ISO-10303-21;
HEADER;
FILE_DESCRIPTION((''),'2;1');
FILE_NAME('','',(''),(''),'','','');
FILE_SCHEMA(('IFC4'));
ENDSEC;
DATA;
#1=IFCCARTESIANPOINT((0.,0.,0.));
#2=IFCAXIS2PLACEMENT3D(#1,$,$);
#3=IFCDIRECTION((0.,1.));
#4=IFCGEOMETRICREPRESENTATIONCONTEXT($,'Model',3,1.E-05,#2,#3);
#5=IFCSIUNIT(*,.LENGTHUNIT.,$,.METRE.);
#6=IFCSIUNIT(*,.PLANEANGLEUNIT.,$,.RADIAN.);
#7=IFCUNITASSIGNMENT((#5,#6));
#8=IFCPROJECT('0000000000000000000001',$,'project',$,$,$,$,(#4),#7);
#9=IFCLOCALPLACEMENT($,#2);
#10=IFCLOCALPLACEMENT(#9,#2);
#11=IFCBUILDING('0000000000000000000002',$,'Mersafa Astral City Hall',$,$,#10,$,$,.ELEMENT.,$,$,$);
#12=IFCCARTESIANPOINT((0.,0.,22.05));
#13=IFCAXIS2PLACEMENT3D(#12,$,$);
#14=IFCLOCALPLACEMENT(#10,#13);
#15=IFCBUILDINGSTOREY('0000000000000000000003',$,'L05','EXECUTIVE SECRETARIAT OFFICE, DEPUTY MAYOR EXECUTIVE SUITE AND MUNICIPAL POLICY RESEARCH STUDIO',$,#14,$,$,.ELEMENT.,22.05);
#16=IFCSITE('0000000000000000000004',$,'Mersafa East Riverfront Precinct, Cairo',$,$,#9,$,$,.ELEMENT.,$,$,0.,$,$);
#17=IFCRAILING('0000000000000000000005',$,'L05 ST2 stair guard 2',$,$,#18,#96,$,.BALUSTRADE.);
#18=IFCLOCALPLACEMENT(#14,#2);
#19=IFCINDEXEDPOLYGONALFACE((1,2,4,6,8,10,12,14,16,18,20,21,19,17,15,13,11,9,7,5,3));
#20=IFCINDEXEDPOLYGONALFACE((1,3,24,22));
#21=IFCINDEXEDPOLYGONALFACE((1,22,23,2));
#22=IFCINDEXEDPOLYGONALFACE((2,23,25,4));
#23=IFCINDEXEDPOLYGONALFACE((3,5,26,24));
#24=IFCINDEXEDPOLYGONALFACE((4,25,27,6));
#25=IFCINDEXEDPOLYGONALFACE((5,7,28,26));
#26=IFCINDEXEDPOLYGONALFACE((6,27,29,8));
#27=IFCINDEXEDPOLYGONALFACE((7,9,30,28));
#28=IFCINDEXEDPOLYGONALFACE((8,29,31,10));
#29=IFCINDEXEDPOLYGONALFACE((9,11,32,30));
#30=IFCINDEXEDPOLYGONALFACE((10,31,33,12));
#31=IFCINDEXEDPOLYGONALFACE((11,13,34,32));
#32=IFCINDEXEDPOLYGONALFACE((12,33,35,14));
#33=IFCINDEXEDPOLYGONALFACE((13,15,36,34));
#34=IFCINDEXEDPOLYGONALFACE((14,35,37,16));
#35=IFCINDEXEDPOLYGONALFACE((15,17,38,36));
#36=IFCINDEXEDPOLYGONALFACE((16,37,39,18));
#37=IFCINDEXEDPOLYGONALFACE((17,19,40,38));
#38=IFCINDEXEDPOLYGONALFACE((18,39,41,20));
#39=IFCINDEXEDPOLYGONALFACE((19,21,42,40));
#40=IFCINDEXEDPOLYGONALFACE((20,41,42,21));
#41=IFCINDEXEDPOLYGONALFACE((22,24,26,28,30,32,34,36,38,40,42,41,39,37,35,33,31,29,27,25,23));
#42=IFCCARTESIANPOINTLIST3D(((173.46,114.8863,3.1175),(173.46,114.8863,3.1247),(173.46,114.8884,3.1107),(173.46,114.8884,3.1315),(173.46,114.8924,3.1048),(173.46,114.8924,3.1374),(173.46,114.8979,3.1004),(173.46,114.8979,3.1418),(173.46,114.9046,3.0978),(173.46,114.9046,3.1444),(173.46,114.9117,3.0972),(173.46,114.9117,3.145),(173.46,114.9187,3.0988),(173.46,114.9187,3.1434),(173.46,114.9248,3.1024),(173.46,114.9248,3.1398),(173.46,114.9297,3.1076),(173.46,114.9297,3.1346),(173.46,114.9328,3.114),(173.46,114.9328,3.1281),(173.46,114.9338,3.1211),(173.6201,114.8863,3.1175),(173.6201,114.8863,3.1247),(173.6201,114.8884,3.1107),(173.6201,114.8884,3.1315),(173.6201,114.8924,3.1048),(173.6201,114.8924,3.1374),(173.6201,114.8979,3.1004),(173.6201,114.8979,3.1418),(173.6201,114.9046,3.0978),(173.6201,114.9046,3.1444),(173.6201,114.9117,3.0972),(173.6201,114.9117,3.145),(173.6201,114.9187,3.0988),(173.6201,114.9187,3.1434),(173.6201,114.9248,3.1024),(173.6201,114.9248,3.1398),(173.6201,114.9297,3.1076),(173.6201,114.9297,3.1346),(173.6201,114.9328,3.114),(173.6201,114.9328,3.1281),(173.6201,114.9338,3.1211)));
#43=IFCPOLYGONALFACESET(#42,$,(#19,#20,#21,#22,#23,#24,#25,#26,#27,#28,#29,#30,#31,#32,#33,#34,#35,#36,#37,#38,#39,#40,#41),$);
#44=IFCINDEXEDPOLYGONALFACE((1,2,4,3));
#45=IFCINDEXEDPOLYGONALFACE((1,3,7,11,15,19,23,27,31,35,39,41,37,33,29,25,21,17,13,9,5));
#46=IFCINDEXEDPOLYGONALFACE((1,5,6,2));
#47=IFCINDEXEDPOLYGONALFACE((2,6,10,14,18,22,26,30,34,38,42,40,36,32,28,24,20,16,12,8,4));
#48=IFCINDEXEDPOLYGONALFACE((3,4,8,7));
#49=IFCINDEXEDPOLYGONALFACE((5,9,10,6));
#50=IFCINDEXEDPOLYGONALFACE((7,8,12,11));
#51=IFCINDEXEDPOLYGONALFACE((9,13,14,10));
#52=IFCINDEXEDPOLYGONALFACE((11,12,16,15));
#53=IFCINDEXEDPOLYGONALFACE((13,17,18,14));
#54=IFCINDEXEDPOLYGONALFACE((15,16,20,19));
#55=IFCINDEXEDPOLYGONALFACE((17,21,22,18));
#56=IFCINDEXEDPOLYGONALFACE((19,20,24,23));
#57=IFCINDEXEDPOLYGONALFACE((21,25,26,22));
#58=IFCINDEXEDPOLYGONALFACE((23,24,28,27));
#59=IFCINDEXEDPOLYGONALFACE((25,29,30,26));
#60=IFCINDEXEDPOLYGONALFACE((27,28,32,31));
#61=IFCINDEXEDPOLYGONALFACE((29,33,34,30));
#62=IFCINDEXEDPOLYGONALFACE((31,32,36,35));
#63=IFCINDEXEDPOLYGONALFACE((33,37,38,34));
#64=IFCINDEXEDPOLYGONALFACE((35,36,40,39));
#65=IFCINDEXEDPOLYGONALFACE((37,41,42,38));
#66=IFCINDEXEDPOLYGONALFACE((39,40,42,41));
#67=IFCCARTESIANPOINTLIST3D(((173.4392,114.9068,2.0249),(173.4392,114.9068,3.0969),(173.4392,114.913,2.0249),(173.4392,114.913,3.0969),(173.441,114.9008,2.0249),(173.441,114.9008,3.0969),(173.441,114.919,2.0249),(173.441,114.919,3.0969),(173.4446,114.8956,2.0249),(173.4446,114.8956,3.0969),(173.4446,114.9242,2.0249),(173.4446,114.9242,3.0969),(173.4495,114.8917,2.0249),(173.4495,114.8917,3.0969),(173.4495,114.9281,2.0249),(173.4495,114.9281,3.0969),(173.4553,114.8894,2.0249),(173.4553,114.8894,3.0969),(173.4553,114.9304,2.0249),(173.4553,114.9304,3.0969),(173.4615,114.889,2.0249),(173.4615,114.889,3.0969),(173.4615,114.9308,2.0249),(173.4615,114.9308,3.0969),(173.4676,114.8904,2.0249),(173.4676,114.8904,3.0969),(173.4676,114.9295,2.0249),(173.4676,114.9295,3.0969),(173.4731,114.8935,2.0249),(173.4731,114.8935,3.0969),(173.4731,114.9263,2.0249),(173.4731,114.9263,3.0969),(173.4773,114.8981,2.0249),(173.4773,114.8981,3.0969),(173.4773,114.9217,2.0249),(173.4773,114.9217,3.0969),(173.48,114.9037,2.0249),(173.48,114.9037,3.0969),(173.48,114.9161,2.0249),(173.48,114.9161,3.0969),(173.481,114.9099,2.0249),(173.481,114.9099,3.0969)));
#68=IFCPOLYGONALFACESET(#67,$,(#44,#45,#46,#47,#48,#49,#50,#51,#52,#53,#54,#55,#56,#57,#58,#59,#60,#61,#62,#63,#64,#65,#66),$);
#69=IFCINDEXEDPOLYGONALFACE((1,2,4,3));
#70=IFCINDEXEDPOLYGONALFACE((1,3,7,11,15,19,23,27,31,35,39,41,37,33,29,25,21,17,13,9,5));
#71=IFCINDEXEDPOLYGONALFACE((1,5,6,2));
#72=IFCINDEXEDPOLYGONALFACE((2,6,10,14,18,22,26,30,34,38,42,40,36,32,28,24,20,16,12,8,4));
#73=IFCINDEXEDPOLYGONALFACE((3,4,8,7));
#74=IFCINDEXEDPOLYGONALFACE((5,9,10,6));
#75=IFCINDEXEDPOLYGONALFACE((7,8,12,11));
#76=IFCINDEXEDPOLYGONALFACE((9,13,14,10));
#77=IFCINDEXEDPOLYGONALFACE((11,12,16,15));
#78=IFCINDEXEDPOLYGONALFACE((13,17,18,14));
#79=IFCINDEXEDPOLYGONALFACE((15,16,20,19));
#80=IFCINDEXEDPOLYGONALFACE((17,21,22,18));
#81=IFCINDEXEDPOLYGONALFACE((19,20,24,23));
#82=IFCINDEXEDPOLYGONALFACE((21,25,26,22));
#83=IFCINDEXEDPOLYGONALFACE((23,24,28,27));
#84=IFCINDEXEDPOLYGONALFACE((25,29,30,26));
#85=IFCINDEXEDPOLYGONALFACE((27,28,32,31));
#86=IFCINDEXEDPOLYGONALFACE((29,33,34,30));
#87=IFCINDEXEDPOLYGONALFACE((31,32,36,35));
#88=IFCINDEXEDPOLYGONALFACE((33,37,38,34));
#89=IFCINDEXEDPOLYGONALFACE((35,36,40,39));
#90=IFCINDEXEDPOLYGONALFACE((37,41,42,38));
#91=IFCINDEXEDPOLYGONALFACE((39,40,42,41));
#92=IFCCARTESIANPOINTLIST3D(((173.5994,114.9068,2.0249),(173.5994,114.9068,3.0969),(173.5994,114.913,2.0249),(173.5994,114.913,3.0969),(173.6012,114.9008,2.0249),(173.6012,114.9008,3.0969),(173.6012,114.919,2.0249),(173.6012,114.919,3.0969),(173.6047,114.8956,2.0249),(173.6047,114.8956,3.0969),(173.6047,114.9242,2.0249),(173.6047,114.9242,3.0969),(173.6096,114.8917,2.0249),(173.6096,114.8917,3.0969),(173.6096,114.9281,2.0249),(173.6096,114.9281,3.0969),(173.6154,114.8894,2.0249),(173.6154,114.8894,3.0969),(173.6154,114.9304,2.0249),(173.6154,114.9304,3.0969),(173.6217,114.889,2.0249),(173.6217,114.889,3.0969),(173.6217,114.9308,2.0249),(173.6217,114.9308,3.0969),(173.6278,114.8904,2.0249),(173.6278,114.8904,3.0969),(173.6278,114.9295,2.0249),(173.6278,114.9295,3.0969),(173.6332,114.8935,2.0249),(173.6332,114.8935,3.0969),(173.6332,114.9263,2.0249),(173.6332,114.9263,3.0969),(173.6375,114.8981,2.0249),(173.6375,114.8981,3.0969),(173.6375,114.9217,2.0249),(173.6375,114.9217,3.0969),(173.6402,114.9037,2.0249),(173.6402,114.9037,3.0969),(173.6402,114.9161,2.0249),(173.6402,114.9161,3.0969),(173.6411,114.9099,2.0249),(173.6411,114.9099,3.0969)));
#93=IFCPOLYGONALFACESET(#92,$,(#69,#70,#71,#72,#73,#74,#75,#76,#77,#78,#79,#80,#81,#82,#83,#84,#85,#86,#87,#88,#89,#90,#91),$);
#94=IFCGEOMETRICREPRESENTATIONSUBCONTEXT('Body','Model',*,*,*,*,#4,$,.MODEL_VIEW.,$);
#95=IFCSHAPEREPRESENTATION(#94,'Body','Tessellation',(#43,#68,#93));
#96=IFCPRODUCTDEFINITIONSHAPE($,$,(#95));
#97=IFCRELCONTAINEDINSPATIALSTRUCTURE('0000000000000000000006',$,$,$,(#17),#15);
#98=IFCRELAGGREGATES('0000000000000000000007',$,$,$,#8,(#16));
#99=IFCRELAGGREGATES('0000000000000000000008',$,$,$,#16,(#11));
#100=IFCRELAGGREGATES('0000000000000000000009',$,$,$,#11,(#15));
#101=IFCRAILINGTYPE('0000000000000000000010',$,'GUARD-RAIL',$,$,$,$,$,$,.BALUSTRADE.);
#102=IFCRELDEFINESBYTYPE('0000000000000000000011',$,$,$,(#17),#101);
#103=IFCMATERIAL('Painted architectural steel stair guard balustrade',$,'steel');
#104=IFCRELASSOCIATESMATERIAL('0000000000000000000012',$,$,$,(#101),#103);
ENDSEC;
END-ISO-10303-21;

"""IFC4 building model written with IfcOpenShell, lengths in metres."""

from ifc_helpers import new_model, si_unit, direction, frame, origin, origin_2d, place, context, subcontext, project, spatial, circle, extrude, material, type_object, element, save


model = new_model("IFC4")

# Units and contexts
model_context = context("Model", 3, precision=1e-05, world=origin(), true_north=direction((0.0, 1.0)))
body_context = subcontext(model_context, "Body", "Model", "MODEL_VIEW")
ifc_project = project(units=[si_unit("LENGTHUNIT", "METRE"), si_unit("PLANEANGLEUNIT", "RADIAN")], contexts=[model_context])

# Site, building, storey
site_placement = place(None, origin())
site = spatial("IfcSite", under=ifc_project, at=site_placement, Name="Mersafa East Riverfront Precinct, Cairo", CompositionType="ELEMENT", RefElevation=0.0)
building_placement = place(site_placement, origin())
building = spatial("IfcBuilding", under=site, at=building_placement, Name="Mersafa Astral City Hall", CompositionType="ELEMENT")
storey_placement = place(building_placement, frame((0.0, 0.0, 22.05)))
storey = spatial("IfcBuildingStorey", under=building, at=storey_placement, Name="L05", Description="EXECUTIVE SECRETARIAT OFFICE, DEPUTY MAYOR EXECUTIVE SUITE AND MUNICIPAL POLICY RESEARCH STUDIO", CompositionType="ELEMENT", Elevation=22.05)

# Railing
ifc_material_1 = material(Name="Painted architectural steel stair guard balustrade", Category="steel")
railing_type_1 = type_object("IfcRailingType", Name="GUARD-RAIL", PredefinedType="BALUSTRADE", material=ifc_material_1)
railing_1_placement = place(storey_placement, frame((173.46, 114.9099, 2.0249)))
element("IfcRailing", 1, at=railing_1_placement, inside=storey, type_object=railing_type_1, Name="L05 ST2 stair guard 2", PredefinedType="BALUSTRADE", context=body_context, shape_type="SweptSolid", body=[
    extrude(circle(Radius=0.0239, at=origin_2d()), frame((0.0, 0.0, 1.0962), z_axis=(1.0, 0.0, 0.0), x_axis=(0.0, 1.0, 0.0)), (0.0, 0.0, 1.0), 0.1602),
    extrude(circle(Radius=0.021, at=origin_2d()), origin(), (0.0, 0.0, 1.0), 1.072),
    extrude(circle(Radius=0.021, at=origin_2d()), frame((0.1602, 0.0, 0.0)), (0.0, 0.0, 1.0), 1.072),
])

save(model, "model.ifc")
